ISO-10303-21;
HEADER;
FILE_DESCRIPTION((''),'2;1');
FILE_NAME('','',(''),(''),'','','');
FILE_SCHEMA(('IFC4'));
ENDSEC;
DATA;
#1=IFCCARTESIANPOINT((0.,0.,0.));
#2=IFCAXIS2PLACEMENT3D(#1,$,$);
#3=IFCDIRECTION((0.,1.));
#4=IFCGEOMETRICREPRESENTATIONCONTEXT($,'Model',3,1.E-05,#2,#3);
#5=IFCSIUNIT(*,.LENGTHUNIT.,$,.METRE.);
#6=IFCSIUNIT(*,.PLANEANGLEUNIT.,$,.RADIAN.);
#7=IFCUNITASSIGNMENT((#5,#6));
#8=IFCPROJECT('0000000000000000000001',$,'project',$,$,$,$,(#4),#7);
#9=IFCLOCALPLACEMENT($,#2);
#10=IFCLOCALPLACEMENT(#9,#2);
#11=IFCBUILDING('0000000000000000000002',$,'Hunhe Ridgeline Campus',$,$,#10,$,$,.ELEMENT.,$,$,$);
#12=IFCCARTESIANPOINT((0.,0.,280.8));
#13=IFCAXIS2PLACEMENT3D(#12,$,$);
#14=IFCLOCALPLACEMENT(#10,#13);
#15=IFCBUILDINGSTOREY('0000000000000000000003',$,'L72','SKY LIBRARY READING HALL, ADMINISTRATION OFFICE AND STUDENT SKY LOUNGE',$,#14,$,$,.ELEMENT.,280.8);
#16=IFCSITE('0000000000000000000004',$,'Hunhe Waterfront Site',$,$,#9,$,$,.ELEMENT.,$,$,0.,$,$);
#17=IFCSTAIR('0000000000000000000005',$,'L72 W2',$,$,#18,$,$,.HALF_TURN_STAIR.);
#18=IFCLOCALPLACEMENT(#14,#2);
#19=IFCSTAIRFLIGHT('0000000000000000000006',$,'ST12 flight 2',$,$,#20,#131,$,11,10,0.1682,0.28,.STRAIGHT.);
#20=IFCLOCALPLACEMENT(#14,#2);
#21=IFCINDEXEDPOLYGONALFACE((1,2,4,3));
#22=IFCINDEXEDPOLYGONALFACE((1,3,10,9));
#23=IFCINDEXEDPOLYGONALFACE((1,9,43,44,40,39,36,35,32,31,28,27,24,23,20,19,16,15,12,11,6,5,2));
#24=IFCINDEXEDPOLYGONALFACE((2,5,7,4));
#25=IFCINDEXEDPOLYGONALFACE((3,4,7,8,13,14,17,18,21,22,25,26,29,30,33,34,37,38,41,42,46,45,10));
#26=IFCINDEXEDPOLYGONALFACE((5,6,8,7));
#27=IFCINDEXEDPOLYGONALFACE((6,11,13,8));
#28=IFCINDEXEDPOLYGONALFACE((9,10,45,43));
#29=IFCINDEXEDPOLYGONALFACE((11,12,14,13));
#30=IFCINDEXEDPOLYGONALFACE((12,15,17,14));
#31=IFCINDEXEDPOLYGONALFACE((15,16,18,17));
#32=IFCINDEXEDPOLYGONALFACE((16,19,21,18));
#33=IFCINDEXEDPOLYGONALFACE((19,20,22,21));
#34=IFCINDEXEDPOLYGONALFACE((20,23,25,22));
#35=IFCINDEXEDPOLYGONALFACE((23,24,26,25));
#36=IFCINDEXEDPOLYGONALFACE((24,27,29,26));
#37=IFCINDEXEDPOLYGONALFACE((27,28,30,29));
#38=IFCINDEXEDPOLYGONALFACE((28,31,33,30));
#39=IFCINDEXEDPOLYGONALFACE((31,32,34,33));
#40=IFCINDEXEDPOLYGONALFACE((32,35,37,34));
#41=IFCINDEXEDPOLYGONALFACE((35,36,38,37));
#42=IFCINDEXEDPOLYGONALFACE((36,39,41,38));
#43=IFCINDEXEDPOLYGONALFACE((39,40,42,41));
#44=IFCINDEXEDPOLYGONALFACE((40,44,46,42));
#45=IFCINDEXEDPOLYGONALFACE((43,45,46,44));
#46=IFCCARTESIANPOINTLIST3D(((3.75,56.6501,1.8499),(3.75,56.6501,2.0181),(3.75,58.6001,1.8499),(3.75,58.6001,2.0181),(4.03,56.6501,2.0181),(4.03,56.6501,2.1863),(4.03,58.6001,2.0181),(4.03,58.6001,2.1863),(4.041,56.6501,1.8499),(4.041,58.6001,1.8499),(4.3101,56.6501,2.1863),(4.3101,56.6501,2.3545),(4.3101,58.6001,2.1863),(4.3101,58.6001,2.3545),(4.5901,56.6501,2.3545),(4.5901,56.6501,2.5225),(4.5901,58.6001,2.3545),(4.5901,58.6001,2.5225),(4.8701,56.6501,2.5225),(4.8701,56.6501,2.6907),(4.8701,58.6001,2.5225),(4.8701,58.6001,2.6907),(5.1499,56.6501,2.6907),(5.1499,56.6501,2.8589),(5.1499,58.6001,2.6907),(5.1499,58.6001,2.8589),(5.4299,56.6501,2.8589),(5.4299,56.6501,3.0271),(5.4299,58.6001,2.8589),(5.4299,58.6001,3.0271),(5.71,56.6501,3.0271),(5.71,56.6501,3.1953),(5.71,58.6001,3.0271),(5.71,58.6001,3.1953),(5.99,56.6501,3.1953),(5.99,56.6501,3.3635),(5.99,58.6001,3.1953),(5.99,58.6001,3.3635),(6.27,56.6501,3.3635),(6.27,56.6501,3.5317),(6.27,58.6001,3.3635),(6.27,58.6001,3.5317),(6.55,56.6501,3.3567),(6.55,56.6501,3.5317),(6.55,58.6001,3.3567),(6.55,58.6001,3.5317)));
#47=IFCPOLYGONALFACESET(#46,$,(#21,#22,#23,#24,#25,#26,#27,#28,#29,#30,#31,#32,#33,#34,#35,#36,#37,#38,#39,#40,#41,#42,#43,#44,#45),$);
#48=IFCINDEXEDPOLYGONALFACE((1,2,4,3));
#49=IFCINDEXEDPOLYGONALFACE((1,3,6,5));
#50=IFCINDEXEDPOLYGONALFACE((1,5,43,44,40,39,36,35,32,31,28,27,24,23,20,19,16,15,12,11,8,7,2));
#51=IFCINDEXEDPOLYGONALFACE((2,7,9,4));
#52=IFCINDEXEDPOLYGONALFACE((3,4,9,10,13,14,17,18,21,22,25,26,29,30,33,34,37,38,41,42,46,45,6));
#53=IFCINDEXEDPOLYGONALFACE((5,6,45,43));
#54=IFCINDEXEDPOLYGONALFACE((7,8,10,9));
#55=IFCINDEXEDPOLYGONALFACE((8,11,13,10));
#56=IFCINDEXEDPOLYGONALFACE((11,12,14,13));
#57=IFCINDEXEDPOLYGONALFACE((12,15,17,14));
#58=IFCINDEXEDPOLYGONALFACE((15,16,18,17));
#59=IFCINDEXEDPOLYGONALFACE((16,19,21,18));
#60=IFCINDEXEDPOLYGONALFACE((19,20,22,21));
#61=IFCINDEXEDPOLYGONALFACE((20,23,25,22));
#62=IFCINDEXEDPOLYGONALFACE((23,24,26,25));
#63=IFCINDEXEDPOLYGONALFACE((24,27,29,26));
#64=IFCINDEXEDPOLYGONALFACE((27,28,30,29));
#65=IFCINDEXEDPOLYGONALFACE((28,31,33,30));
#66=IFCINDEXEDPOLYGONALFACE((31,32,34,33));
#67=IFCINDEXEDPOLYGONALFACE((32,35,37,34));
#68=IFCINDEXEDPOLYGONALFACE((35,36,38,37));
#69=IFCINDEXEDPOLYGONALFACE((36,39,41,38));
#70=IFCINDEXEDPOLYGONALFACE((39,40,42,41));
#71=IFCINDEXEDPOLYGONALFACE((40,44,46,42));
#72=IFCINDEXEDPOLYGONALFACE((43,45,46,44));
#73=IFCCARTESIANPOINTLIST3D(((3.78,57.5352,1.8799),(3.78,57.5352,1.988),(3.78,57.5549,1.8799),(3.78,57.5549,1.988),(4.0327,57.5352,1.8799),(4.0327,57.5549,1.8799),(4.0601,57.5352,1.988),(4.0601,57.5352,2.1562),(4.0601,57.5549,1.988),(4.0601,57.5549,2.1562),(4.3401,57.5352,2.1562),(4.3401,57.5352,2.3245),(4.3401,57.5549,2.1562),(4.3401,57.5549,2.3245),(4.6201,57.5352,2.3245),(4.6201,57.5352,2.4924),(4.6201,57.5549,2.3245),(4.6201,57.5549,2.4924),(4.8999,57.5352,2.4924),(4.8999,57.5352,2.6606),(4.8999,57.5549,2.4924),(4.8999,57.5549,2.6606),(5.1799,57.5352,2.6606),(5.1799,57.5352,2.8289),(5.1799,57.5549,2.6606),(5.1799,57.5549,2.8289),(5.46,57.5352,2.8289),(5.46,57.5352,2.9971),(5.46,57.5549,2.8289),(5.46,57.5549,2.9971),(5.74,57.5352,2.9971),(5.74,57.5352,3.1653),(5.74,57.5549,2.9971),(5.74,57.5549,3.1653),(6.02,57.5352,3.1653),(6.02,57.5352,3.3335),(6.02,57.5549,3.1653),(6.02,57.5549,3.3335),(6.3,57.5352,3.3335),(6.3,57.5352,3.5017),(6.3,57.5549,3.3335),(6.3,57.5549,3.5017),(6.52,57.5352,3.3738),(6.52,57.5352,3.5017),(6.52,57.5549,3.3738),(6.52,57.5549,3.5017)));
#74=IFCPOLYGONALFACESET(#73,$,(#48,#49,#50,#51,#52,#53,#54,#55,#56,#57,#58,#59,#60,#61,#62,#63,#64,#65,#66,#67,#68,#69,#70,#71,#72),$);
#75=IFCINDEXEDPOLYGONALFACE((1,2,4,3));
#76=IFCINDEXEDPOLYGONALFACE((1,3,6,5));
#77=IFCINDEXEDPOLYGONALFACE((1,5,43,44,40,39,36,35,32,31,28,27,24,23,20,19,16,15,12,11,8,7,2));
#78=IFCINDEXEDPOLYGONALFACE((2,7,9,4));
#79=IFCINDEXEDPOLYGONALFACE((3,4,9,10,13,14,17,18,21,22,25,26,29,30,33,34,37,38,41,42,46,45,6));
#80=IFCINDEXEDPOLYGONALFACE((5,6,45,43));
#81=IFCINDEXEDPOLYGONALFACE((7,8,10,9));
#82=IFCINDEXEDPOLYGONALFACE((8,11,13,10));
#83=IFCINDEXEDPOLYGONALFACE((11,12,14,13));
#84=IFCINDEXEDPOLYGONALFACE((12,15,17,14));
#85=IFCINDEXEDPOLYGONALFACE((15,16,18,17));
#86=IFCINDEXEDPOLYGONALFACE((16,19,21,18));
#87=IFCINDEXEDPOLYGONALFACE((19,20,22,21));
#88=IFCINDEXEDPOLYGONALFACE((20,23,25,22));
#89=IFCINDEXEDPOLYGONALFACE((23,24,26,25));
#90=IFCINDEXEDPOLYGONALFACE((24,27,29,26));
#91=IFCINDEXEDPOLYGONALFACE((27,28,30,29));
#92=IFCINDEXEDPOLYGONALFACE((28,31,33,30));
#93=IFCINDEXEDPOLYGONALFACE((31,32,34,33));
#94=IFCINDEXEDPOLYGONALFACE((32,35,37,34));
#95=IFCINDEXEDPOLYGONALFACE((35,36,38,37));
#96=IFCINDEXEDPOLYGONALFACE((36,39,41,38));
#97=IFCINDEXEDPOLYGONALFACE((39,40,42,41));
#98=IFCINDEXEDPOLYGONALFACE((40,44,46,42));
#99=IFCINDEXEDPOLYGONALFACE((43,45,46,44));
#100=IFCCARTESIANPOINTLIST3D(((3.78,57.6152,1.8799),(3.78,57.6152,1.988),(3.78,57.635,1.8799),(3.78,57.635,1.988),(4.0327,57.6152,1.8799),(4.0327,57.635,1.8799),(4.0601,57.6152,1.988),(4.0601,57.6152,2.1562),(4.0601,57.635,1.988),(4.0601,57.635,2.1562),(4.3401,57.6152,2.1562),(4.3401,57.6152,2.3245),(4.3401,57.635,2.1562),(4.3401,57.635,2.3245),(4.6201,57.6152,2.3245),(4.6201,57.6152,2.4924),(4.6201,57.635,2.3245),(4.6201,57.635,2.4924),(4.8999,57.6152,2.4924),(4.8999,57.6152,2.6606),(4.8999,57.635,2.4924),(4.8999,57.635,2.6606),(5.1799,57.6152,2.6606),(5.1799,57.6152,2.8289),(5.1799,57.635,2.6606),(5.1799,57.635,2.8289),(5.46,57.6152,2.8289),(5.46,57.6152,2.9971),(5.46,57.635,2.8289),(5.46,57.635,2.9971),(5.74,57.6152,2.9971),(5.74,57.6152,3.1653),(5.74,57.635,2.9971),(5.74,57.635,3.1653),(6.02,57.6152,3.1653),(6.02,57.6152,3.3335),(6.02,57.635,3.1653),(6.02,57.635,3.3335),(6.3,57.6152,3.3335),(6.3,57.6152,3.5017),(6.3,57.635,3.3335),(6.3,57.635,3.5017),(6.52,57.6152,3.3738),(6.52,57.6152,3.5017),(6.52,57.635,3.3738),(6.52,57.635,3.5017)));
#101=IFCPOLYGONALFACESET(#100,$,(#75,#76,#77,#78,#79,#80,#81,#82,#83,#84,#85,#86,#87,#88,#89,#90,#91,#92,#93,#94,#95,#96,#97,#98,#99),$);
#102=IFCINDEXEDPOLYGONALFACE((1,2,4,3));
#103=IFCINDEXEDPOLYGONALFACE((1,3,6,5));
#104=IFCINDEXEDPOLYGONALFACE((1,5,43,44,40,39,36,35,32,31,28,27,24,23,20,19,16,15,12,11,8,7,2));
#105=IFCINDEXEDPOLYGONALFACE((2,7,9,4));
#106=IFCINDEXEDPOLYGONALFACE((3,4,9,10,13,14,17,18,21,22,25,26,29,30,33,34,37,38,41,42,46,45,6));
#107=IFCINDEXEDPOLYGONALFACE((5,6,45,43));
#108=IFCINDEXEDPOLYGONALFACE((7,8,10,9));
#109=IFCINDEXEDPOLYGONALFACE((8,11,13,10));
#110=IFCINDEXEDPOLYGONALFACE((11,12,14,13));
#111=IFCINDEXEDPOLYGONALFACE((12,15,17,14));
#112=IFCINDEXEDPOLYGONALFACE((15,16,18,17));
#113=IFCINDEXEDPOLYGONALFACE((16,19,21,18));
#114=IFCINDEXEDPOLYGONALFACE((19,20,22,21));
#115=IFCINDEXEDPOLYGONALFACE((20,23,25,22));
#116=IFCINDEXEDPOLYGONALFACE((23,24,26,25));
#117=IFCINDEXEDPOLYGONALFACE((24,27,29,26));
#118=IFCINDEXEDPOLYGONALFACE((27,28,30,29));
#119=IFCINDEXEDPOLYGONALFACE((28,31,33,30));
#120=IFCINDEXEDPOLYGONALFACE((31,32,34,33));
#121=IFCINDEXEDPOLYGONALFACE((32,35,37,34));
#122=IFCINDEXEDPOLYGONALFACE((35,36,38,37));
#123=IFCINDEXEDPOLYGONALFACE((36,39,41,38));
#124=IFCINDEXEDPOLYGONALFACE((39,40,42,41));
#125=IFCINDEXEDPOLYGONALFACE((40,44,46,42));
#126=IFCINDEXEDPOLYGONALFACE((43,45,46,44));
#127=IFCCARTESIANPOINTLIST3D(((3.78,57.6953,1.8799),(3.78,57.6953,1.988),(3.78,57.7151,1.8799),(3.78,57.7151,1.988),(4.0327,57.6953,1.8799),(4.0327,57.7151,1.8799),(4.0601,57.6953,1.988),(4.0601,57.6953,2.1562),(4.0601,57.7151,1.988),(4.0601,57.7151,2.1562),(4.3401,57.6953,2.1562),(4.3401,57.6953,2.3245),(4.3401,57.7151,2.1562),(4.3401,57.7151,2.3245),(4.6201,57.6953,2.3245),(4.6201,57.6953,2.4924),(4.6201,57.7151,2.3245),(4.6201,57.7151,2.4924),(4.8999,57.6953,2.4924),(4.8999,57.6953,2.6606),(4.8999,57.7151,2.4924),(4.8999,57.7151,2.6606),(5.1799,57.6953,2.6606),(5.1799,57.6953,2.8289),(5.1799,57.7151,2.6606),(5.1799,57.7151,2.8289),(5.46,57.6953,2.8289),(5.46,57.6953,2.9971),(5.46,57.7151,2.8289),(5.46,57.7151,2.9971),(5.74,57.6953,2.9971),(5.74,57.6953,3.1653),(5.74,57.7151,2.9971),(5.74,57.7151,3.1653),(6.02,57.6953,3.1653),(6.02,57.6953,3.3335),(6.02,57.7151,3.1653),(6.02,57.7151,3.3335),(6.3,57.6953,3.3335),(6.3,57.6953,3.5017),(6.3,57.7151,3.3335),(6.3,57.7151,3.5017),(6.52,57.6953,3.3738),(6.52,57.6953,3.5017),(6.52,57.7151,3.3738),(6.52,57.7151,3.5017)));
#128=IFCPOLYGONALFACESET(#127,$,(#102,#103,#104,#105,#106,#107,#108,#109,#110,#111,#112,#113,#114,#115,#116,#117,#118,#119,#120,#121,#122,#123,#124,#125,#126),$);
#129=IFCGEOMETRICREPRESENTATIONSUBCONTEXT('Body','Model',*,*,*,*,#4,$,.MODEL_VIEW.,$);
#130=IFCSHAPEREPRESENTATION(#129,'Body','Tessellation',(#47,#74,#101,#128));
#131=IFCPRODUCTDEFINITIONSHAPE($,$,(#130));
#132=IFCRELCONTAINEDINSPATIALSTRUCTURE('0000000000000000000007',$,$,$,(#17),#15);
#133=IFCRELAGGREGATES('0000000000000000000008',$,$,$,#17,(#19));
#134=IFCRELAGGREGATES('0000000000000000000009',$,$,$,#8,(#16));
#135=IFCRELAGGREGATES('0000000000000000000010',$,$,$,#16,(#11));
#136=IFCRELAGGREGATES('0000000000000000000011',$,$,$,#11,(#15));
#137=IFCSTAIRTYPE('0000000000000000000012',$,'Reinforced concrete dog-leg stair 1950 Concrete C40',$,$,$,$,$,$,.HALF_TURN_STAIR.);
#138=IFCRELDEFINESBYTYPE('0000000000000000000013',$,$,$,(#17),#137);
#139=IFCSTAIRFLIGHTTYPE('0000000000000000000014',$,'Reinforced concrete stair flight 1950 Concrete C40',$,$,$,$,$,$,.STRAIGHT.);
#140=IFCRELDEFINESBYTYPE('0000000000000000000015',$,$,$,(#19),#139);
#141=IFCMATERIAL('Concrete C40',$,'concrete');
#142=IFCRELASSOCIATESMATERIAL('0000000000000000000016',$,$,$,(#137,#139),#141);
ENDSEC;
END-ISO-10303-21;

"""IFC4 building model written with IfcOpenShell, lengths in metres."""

from ifc_helpers import new_model, si_unit, direction, frame, origin, place, context, subcontext, project, spatial, polyline, outline, extrude, material, type_object, element, aggregate, save


model = new_model("IFC4")

# Units and contexts
model_context = context("Model", 3, precision=1e-05, world=origin(), true_north=direction((0.0, 1.0)))
body_context = subcontext(model_context, "Body", "Model", "MODEL_VIEW")
ifc_project = project(units=[si_unit("LENGTHUNIT", "METRE"), si_unit("PLANEANGLEUNIT", "RADIAN")], contexts=[model_context])

# Site, building, storey
site_placement = place(None, origin())
site = spatial("IfcSite", under=ifc_project, at=site_placement, Name="Hunhe Waterfront Site", CompositionType="ELEMENT", RefElevation=0.0)
building_placement = place(site_placement, origin())
building = spatial("IfcBuilding", under=site, at=building_placement, Name="Hunhe Ridgeline Campus", CompositionType="ELEMENT")
storey_placement = place(building_placement, frame((0.0, 0.0, 280.8)))
storey = spatial("IfcBuildingStorey", under=building, at=storey_placement, Name="L72", Description="SKY LIBRARY READING HALL, ADMINISTRATION OFFICE AND STUDENT SKY LOUNGE", CompositionType="ELEMENT", Elevation=280.8)

# Stair, stair flight
ifc_material_1 = material(Name="Concrete C40", Category="concrete")
stair_type = type_object("IfcStairType", Name="Reinforced concrete dog-leg stair 1950 Concrete C40", PredefinedType="HALF_TURN_STAIR", material=ifc_material_1)
stair_placement = place(storey_placement, origin())
stair = element("IfcStair", 1, at=stair_placement, inside=storey, type_object=stair_type, Name="L72 W2", PredefinedType="HALF_TURN_STAIR")
stair_flight_type = type_object("IfcStairFlightType", Name="Reinforced concrete stair flight 1950 Concrete C40", PredefinedType="STRAIGHT", material=ifc_material_1)
stair_flight_placement = place(storey_placement, frame((3.75, 57.625, 1.8499), z_axis=(0.0, 0.0, 1.0), x_axis=(1.0, 0.0, 0.0)))
stair_flight = element("IfcStairFlight", 2, at=stair_flight_placement, type_object=stair_flight_type, Name="ST12 flight 2", NumberOfRisers=11, NumberOfTreads=10, PredefinedType="STRAIGHT", RiserHeight=0.1682, TreadLength=0.28, context=body_context, shape_type="SweptSolid", body=[
    extrude(outline(polyline([(0.0, 0.0), (0.0, 0.1682), (0.28, 0.1682), (0.28, 0.3364), (0.5601, 0.3364), (0.5601, 0.5046), (0.8401, 0.5046), (0.8401, 0.6726), (1.1201, 0.6726), (1.1201, 0.8408), (1.3999, 0.8408), (1.3999, 1.009), (1.6799, 1.009), (1.6799, 1.1772), (1.96, 1.1772), (1.96, 1.3455), (2.24, 1.3455), (2.24, 1.5137), (2.52, 1.5137), (2.52, 1.6819), (2.8, 1.6819), (2.8, 1.8501), (2.8, 1.5068), (0.291, 0.0), (0.0, 0.0)])), frame((0.0, 0.9751, 0.0), z_axis=(0.0, -1.0, 0.0), x_axis=(1.0, 0.0, 0.0)), (0.0, 0.0, 1.0), 1.95),
    extrude(outline(polyline([(0.03, 0.03), (0.03, 0.1382), (0.3101, 0.1382), (0.3101, 0.3064), (0.5901, 0.3064), (0.5901, 0.4746), (0.8701, 0.4746), (0.8701, 0.6426), (1.1499, 0.6426), (1.1499, 0.8108), (1.4299, 0.8108), (1.4299, 0.979), (1.71, 0.979), (1.71, 1.1472), (1.99, 1.1472), (1.99, 1.3154), (2.27, 1.3154), (2.27, 1.4836), (2.55, 1.4836), (2.55, 1.6519), (2.77, 1.6519), (2.77, 1.5239), (0.2827, 0.03), (0.03, 0.03)])), frame((0.0, -0.0701, 0.0), z_axis=(0.0, -1.0, 0.0), x_axis=(1.0, 0.0, 0.0)), (0.0, 0.0, 1.0), 0.0198),
    extrude(outline(polyline([(0.03, 0.03), (0.03, 0.1382), (0.3101, 0.1382), (0.3101, 0.3064), (0.5901, 0.3064), (0.5901, 0.4746), (0.8701, 0.4746), (0.8701, 0.6426), (1.1499, 0.6426), (1.1499, 0.8108), (1.4299, 0.8108), (1.4299, 0.979), (1.71, 0.979), (1.71, 1.1472), (1.99, 1.1472), (1.99, 1.3154), (2.27, 1.3154), (2.27, 1.4836), (2.55, 1.4836), (2.55, 1.6519), (2.77, 1.6519), (2.77, 1.5239), (0.2827, 0.03), (0.03, 0.03)])), frame((0.0, 0.01, 0.0), z_axis=(0.0, -1.0, 0.0), x_axis=(1.0, 0.0, 0.0)), (0.0, 0.0, 1.0), 0.0198),
    extrude(outline(polyline([(0.03, 0.03), (0.03, 0.1382), (0.3101, 0.1382), (0.3101, 0.3064), (0.5901, 0.3064), (0.5901, 0.4746), (0.8701, 0.4746), (0.8701, 0.6426), (1.1499, 0.6426), (1.1499, 0.8108), (1.4299, 0.8108), (1.4299, 0.979), (1.71, 0.979), (1.71, 1.1472), (1.99, 1.1472), (1.99, 1.3154), (2.27, 1.3154), (2.27, 1.4836), (2.55, 1.4836), (2.55, 1.6519), (2.77, 1.6519), (2.77, 1.5239), (0.2827, 0.03), (0.03, 0.03)])), frame((0.0, 0.0901, 0.0), z_axis=(0.0, -1.0, 0.0), x_axis=(1.0, 0.0, 0.0)), (0.0, 0.0, 1.0), 0.0198),
])
aggregate(stair, [stair_flight])

save(model, "model.ifc")
